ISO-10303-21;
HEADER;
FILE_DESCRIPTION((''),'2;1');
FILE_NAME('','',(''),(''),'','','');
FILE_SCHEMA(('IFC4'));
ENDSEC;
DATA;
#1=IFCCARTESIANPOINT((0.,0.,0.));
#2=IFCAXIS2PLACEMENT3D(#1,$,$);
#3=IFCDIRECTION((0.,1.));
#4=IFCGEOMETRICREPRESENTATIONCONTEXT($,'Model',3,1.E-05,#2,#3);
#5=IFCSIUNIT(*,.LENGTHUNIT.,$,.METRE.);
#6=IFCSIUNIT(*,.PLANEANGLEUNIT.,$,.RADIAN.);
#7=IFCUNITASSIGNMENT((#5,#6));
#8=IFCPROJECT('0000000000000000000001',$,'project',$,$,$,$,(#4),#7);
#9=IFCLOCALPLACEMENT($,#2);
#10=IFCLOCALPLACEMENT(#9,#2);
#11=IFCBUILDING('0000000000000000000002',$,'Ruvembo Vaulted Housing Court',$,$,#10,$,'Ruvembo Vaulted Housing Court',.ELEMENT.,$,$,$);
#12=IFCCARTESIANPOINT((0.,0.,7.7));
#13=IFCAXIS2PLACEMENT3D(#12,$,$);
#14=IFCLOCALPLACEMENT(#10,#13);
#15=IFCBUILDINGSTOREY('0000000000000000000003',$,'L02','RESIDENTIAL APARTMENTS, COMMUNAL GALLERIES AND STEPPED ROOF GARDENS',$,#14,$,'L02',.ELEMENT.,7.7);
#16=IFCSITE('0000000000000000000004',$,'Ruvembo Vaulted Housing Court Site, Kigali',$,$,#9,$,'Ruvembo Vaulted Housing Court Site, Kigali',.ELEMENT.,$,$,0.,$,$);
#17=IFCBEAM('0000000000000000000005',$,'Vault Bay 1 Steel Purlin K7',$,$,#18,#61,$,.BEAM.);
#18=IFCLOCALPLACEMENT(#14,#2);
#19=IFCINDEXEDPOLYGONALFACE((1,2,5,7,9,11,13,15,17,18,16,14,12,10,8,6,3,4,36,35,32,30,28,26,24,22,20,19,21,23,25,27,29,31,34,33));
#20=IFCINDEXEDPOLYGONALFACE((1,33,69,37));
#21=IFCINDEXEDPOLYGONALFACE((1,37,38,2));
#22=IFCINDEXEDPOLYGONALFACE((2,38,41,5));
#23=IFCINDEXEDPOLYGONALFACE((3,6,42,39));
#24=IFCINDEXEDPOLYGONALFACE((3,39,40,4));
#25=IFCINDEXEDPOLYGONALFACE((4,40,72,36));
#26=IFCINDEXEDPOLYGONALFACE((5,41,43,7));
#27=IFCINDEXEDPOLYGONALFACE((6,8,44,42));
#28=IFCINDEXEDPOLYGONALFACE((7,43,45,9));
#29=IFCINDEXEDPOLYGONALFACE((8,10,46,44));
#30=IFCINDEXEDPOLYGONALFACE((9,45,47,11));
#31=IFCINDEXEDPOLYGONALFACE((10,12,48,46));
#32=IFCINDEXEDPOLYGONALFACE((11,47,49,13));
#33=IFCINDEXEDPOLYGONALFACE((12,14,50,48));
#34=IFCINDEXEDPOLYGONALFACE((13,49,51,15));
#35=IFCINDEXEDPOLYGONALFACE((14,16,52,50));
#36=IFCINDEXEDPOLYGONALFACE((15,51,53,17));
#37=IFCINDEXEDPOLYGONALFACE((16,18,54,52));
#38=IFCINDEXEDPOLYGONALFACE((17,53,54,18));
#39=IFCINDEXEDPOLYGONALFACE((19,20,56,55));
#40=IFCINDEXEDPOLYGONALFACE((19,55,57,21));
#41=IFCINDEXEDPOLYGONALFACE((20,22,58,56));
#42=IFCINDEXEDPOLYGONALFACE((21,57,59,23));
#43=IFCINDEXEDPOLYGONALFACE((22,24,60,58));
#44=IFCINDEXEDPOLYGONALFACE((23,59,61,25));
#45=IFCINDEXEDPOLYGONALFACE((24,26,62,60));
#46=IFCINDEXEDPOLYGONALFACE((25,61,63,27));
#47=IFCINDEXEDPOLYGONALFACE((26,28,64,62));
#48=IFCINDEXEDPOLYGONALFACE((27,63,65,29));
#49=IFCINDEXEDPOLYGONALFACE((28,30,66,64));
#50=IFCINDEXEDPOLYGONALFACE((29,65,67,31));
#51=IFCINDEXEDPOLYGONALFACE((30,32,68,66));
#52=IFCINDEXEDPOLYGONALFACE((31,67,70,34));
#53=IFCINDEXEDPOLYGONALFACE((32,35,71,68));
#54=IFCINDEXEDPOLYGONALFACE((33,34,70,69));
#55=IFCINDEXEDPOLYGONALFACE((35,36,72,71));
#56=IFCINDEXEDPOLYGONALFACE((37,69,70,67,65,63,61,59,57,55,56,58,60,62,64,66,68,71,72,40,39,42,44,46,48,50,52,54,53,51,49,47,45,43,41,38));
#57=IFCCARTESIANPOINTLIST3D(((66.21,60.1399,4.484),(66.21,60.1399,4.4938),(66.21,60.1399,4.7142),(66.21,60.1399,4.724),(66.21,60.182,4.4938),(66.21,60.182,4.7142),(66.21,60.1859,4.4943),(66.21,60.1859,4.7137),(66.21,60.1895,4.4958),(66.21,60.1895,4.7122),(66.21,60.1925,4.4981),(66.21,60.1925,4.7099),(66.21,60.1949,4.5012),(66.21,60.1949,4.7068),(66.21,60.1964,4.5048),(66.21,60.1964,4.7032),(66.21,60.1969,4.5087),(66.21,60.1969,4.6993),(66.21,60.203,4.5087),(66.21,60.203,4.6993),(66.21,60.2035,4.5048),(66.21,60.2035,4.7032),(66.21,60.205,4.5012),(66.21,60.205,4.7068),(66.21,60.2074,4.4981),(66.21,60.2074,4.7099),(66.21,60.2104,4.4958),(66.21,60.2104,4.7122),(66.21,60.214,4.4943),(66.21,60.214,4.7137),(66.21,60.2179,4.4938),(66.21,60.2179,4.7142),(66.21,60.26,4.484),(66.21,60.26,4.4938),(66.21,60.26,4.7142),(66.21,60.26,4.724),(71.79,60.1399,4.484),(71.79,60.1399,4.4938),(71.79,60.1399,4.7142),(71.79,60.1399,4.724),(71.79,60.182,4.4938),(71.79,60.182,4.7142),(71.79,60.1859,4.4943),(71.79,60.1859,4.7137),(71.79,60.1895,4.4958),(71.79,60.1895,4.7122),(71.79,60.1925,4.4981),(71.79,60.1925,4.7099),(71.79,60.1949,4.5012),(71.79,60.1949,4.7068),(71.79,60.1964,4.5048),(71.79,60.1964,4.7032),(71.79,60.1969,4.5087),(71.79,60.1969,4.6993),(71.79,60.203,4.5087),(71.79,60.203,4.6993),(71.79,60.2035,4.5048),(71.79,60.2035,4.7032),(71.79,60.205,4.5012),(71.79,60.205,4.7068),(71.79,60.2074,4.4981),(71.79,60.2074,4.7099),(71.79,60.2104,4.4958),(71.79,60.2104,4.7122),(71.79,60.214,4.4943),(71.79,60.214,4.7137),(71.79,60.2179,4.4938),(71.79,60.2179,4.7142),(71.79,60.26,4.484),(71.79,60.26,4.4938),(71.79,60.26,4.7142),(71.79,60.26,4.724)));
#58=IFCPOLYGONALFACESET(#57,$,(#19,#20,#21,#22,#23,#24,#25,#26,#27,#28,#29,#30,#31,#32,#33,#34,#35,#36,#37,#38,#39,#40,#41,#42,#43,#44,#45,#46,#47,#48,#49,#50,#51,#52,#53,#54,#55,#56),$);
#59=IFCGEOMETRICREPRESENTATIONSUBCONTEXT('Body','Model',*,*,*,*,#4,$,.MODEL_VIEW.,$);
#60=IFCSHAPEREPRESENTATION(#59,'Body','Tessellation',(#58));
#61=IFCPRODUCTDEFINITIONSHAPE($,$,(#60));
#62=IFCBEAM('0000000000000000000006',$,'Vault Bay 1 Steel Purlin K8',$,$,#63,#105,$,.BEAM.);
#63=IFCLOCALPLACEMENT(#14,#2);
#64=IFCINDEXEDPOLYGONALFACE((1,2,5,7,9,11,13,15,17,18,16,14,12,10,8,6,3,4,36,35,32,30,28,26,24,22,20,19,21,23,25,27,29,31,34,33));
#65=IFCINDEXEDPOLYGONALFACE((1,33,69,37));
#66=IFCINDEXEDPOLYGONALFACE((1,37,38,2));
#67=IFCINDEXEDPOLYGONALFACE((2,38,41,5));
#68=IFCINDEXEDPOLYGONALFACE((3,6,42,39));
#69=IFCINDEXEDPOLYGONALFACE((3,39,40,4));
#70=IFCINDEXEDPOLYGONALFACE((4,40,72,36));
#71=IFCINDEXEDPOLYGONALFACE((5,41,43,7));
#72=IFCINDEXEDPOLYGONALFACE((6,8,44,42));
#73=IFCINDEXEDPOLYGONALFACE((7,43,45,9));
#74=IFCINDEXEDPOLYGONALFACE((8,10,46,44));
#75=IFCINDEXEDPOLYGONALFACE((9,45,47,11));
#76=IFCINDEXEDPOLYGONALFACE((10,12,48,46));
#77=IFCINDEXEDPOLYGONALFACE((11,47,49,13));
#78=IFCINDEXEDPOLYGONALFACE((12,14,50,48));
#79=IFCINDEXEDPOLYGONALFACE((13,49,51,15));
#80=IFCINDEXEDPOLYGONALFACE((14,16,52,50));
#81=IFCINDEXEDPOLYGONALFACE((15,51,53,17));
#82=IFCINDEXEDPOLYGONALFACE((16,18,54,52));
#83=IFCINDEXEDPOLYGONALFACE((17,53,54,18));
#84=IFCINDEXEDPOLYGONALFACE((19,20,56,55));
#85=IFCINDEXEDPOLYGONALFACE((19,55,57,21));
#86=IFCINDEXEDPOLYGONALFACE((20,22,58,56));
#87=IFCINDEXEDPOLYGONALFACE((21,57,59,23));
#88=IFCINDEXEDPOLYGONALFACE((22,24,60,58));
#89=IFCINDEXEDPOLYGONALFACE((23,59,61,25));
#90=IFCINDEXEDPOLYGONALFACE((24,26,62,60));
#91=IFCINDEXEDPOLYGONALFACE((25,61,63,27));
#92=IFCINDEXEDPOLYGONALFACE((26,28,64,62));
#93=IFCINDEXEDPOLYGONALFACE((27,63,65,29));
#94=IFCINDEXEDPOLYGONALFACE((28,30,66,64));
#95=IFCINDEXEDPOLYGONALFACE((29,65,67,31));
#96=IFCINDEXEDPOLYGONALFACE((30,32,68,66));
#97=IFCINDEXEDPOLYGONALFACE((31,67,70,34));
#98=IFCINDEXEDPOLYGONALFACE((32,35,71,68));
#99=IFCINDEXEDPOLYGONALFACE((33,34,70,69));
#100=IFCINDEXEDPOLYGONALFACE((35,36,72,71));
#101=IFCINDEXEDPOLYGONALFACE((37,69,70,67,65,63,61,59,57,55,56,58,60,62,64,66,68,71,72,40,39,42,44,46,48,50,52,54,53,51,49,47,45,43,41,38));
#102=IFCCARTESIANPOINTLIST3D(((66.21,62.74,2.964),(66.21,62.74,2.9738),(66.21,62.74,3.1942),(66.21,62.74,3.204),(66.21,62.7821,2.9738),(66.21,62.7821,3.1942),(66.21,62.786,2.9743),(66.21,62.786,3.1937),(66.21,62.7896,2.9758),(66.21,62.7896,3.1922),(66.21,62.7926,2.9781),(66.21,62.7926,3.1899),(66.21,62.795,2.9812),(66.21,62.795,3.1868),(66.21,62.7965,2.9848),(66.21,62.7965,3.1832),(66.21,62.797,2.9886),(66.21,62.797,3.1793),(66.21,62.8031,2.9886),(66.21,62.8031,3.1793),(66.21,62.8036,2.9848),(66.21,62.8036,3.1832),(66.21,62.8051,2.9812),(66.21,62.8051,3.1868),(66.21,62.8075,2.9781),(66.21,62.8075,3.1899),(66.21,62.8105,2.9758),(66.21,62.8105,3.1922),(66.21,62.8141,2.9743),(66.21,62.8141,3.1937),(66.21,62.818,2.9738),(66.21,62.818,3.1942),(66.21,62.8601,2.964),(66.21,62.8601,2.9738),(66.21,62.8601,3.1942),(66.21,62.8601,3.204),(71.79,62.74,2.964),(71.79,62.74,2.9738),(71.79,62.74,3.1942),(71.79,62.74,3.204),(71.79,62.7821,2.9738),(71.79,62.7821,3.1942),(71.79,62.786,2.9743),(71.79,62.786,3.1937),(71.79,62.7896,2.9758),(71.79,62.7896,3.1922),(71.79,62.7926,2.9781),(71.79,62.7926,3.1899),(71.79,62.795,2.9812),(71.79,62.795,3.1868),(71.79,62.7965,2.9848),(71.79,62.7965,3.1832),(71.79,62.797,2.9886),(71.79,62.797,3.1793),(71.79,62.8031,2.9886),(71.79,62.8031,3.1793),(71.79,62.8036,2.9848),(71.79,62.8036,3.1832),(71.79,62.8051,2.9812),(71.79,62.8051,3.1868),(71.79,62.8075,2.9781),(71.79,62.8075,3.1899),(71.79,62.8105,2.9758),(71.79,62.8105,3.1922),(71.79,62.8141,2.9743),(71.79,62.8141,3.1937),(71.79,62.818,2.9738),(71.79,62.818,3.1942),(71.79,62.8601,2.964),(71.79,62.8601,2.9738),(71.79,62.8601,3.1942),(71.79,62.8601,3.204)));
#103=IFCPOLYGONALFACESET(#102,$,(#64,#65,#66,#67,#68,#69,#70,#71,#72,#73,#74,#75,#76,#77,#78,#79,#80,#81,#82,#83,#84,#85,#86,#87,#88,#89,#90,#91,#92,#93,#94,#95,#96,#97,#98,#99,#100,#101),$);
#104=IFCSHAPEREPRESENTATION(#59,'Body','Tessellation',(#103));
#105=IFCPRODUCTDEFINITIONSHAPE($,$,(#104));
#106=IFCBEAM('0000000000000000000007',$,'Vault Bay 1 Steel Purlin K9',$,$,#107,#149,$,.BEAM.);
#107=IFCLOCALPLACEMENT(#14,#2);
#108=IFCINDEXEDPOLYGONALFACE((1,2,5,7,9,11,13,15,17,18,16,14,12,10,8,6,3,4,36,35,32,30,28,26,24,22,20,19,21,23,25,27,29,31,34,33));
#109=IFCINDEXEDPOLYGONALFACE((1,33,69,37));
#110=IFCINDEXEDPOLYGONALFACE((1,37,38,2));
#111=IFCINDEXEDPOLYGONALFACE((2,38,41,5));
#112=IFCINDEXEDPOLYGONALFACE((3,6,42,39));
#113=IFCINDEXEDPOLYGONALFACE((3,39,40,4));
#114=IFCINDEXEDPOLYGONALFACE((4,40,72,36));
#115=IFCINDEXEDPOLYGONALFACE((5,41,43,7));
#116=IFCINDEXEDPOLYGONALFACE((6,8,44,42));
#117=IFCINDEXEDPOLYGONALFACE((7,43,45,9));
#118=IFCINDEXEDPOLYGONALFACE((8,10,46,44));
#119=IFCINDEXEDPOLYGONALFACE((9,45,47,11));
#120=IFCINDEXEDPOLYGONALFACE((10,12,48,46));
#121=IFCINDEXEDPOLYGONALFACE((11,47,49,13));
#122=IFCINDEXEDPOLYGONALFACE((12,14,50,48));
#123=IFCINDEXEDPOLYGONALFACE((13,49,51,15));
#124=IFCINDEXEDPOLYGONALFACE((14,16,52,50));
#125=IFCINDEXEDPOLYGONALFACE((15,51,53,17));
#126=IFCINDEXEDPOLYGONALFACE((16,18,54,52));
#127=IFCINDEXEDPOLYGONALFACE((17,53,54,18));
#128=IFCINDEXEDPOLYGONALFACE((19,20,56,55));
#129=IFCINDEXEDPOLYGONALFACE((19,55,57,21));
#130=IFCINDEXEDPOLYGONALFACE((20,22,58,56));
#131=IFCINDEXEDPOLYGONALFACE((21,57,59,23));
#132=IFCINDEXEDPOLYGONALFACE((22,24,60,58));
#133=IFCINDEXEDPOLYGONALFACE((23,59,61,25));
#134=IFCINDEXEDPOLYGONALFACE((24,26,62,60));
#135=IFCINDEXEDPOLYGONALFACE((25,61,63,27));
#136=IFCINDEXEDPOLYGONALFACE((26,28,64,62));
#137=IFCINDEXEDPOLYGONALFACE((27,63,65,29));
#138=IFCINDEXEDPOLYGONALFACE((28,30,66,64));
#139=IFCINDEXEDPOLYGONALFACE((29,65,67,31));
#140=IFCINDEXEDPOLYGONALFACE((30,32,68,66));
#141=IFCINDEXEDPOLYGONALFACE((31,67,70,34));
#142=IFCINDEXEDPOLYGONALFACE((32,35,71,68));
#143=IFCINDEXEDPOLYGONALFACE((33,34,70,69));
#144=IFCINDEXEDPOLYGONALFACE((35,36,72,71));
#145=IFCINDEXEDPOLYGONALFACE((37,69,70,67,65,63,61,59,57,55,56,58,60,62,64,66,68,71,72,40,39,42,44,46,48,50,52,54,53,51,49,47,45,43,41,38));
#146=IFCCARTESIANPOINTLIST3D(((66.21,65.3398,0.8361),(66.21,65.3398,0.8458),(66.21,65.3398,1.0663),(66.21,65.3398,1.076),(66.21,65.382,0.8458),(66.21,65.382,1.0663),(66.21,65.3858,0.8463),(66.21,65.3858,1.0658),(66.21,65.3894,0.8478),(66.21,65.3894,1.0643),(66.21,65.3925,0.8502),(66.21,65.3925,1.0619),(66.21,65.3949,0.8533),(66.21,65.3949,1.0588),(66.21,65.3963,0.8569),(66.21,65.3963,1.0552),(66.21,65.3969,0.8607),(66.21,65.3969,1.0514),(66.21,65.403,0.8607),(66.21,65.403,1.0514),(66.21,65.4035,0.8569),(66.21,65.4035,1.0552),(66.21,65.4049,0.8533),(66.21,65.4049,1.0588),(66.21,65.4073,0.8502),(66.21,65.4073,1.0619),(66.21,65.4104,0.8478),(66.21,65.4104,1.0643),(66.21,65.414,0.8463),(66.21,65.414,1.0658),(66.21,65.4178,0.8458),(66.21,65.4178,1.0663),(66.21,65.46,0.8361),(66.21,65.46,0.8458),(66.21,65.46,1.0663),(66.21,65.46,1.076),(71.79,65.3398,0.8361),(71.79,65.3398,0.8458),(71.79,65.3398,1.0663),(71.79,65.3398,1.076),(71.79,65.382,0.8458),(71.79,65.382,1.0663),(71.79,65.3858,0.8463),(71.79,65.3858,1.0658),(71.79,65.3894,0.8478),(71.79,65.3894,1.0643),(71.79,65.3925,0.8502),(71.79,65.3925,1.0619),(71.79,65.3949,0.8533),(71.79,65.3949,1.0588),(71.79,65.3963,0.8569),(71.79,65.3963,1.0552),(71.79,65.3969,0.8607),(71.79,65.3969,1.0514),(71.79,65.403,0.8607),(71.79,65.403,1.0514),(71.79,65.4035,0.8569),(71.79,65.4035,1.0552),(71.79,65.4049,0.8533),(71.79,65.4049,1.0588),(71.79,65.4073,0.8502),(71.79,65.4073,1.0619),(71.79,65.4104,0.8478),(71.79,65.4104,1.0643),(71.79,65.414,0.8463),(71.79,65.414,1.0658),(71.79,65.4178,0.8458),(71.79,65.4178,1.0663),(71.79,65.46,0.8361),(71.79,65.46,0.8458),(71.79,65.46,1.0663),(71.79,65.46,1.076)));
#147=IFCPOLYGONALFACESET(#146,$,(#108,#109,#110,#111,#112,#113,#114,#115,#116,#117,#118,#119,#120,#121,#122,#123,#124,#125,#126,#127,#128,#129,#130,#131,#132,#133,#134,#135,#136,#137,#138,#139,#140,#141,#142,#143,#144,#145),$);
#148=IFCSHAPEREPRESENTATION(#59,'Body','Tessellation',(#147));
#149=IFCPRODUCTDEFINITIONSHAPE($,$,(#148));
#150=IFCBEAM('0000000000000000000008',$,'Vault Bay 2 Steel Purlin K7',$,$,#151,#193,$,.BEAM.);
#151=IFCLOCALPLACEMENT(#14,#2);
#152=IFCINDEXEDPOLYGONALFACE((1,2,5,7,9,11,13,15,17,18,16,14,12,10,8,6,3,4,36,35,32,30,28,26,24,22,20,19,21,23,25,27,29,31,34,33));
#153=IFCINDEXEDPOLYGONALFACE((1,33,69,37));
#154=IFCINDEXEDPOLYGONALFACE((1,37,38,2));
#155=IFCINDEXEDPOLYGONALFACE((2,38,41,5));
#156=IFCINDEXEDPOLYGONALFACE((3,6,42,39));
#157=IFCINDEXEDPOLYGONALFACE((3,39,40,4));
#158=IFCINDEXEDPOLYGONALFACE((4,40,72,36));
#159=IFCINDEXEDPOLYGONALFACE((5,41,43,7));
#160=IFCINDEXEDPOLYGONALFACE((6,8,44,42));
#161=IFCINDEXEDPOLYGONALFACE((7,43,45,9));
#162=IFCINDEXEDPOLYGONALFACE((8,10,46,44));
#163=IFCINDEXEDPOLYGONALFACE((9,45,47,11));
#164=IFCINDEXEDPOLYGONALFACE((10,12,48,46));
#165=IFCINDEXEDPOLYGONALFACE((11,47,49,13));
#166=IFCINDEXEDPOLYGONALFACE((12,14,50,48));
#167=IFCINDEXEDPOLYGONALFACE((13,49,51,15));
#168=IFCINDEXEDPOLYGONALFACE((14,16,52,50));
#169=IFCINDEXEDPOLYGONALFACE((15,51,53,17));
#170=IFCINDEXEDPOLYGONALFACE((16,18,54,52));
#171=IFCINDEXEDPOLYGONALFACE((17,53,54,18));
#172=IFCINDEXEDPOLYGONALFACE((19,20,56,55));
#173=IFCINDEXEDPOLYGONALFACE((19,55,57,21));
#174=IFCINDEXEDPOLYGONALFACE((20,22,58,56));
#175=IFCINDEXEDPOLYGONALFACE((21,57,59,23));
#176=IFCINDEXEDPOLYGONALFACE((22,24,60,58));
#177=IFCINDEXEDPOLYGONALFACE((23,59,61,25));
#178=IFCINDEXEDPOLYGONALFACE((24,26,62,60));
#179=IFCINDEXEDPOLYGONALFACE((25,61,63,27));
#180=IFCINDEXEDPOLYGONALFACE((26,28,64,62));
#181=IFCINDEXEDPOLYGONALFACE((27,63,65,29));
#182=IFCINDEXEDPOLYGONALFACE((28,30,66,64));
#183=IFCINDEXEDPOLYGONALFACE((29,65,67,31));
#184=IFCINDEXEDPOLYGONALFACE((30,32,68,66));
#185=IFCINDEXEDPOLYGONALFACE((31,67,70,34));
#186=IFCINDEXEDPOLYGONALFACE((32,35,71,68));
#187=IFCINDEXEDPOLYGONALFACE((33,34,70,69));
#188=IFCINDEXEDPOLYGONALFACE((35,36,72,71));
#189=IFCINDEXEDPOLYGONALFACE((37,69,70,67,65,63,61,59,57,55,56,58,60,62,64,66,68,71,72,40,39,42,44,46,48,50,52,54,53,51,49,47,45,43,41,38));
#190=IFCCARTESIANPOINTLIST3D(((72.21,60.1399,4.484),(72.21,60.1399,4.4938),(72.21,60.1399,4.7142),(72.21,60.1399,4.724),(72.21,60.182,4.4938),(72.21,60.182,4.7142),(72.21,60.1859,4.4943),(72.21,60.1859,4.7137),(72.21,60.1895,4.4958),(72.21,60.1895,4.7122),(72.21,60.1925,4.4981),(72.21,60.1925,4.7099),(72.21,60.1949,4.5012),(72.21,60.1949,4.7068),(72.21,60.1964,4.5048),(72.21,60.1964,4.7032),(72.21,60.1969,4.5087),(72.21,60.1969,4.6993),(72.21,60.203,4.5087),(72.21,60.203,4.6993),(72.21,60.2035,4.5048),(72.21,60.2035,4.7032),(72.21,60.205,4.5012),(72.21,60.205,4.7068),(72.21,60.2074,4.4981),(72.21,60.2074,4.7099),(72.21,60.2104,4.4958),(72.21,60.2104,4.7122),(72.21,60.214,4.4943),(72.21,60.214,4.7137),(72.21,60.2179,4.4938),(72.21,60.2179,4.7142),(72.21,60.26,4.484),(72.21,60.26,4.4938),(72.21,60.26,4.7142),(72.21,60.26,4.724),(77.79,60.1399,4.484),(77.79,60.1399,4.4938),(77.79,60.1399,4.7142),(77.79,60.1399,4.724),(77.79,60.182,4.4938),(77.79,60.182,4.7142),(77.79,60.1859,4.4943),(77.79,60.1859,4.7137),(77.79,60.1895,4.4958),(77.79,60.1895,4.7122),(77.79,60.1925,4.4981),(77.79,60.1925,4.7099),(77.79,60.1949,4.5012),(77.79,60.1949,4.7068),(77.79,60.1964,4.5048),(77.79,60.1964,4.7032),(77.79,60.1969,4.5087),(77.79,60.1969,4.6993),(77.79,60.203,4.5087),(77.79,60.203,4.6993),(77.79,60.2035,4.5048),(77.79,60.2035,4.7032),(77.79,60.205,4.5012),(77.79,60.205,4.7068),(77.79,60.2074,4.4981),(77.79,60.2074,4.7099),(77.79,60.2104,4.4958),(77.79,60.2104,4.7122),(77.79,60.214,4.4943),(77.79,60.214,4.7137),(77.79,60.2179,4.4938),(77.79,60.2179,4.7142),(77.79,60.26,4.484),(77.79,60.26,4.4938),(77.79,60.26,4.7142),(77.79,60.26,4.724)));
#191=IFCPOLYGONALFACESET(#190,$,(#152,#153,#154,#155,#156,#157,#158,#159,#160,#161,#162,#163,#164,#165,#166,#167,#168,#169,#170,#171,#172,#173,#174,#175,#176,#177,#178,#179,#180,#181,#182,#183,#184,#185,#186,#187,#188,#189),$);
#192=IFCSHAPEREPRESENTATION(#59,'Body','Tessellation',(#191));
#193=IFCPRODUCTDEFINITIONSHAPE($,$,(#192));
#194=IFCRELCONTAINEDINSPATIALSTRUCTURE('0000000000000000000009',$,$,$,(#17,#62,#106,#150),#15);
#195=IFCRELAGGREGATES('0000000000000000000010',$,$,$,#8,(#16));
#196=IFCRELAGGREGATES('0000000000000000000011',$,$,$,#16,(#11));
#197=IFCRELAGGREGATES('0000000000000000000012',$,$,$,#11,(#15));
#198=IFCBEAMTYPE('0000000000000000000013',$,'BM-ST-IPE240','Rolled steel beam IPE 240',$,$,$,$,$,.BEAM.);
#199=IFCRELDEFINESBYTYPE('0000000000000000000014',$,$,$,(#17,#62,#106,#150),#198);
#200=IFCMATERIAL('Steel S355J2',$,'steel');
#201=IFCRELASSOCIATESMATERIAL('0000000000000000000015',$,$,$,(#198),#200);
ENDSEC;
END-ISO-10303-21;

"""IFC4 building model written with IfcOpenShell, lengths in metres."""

from ifc_helpers import new_model, si_unit, direction, frame, origin, origin_2d, place, context, subcontext, project, spatial, i_section, extrude, material, material_profile, profile_set, type_object, element, save


model = new_model("IFC4")

# Units and contexts
model_context = context("Model", 3, precision=1e-05, world=origin(), true_north=direction((0.0, 1.0)))
body_context = subcontext(model_context, "Body", "Model", "MODEL_VIEW")
ifc_project = project(units=[si_unit("LENGTHUNIT", "METRE"), si_unit("PLANEANGLEUNIT", "RADIAN")], contexts=[model_context])

# Site, building, storey
site_placement = place(None, origin())
site = spatial("IfcSite", under=ifc_project, at=site_placement, Name="Ruvembo Vaulted Housing Court Site, Kigali", LongName="Ruvembo Vaulted Housing Court Site, Kigali", CompositionType="ELEMENT", RefElevation=0.0)
building_placement = place(site_placement, origin())
building = spatial("IfcBuilding", under=site, at=building_placement, Name="Ruvembo Vaulted Housing Court", LongName="Ruvembo Vaulted Housing Court", CompositionType="ELEMENT")
storey_placement = place(building_placement, frame((0.0, 0.0, 7.7)))
storey = spatial("IfcBuildingStorey", under=building, at=storey_placement, Name="L02", Description="RESIDENTIAL APARTMENTS, COMMUNAL GALLERIES AND STEPPED ROOF GARDENS", LongName="L02", CompositionType="ELEMENT", Elevation=7.7)

# Beams
ifc_material_1 = material(Name="Steel S355J2", Category="steel")
ifc_material_profile_1 = material_profile(ifc_material_1, i_section(OverallWidth=0.1201, OverallDepth=0.24, WebThickness=0.0061, FlangeThickness=0.0098, FilletRadius=0.0149, at=origin_2d()), Name="IPE 240")
ifc_profile_set_1 = profile_set([ifc_material_profile_1], Name="Steel S355J2")
beam_type_1 = type_object("IfcBeamType", Name="BM-ST-IPE240", Description="Rolled steel beam IPE 240", PredefinedType="BEAM", material=ifc_profile_set_1)
for number, where, z_axis, x_axis, name in (
    (1, (66.21, 60.2, 4.604), (1.0, 0.0, 0.0), (0.0, 1.0, 0.0), "Vault Bay 1 Steel Purlin K7"),
    (2, (66.21, 62.8, 3.084), (1.0, 0.0, 0.0), (0.0, 1.0, 0.0), "Vault Bay 1 Steel Purlin K8"),
    (3, (66.21, 65.3999, 0.9561), (1.0, 0.0, 0.0), (0.0, 1.0, 0.0), "Vault Bay 1 Steel Purlin K9"),
    (4, (72.21, 60.2, 4.604), (1.0, 0.0, 0.0), (0.0, 1.0, 0.0), "Vault Bay 2 Steel Purlin K7"),
):
    element("IfcBeam", number, at=place(storey_placement, frame(where, z_axis=z_axis, x_axis=x_axis)), inside=storey, type_object=beam_type_1, Name=name, PredefinedType="BEAM", context=body_context, shape_type="SweptSolid", body=[
        extrude(i_section(OverallWidth=0.1201, OverallDepth=0.24, WebThickness=0.0061, FlangeThickness=0.0098, FilletRadius=0.0149, at=origin_2d()), origin(), (0.0, 0.0, 1.0), 5.5801),
    ])

save(model, "model.ifc")
